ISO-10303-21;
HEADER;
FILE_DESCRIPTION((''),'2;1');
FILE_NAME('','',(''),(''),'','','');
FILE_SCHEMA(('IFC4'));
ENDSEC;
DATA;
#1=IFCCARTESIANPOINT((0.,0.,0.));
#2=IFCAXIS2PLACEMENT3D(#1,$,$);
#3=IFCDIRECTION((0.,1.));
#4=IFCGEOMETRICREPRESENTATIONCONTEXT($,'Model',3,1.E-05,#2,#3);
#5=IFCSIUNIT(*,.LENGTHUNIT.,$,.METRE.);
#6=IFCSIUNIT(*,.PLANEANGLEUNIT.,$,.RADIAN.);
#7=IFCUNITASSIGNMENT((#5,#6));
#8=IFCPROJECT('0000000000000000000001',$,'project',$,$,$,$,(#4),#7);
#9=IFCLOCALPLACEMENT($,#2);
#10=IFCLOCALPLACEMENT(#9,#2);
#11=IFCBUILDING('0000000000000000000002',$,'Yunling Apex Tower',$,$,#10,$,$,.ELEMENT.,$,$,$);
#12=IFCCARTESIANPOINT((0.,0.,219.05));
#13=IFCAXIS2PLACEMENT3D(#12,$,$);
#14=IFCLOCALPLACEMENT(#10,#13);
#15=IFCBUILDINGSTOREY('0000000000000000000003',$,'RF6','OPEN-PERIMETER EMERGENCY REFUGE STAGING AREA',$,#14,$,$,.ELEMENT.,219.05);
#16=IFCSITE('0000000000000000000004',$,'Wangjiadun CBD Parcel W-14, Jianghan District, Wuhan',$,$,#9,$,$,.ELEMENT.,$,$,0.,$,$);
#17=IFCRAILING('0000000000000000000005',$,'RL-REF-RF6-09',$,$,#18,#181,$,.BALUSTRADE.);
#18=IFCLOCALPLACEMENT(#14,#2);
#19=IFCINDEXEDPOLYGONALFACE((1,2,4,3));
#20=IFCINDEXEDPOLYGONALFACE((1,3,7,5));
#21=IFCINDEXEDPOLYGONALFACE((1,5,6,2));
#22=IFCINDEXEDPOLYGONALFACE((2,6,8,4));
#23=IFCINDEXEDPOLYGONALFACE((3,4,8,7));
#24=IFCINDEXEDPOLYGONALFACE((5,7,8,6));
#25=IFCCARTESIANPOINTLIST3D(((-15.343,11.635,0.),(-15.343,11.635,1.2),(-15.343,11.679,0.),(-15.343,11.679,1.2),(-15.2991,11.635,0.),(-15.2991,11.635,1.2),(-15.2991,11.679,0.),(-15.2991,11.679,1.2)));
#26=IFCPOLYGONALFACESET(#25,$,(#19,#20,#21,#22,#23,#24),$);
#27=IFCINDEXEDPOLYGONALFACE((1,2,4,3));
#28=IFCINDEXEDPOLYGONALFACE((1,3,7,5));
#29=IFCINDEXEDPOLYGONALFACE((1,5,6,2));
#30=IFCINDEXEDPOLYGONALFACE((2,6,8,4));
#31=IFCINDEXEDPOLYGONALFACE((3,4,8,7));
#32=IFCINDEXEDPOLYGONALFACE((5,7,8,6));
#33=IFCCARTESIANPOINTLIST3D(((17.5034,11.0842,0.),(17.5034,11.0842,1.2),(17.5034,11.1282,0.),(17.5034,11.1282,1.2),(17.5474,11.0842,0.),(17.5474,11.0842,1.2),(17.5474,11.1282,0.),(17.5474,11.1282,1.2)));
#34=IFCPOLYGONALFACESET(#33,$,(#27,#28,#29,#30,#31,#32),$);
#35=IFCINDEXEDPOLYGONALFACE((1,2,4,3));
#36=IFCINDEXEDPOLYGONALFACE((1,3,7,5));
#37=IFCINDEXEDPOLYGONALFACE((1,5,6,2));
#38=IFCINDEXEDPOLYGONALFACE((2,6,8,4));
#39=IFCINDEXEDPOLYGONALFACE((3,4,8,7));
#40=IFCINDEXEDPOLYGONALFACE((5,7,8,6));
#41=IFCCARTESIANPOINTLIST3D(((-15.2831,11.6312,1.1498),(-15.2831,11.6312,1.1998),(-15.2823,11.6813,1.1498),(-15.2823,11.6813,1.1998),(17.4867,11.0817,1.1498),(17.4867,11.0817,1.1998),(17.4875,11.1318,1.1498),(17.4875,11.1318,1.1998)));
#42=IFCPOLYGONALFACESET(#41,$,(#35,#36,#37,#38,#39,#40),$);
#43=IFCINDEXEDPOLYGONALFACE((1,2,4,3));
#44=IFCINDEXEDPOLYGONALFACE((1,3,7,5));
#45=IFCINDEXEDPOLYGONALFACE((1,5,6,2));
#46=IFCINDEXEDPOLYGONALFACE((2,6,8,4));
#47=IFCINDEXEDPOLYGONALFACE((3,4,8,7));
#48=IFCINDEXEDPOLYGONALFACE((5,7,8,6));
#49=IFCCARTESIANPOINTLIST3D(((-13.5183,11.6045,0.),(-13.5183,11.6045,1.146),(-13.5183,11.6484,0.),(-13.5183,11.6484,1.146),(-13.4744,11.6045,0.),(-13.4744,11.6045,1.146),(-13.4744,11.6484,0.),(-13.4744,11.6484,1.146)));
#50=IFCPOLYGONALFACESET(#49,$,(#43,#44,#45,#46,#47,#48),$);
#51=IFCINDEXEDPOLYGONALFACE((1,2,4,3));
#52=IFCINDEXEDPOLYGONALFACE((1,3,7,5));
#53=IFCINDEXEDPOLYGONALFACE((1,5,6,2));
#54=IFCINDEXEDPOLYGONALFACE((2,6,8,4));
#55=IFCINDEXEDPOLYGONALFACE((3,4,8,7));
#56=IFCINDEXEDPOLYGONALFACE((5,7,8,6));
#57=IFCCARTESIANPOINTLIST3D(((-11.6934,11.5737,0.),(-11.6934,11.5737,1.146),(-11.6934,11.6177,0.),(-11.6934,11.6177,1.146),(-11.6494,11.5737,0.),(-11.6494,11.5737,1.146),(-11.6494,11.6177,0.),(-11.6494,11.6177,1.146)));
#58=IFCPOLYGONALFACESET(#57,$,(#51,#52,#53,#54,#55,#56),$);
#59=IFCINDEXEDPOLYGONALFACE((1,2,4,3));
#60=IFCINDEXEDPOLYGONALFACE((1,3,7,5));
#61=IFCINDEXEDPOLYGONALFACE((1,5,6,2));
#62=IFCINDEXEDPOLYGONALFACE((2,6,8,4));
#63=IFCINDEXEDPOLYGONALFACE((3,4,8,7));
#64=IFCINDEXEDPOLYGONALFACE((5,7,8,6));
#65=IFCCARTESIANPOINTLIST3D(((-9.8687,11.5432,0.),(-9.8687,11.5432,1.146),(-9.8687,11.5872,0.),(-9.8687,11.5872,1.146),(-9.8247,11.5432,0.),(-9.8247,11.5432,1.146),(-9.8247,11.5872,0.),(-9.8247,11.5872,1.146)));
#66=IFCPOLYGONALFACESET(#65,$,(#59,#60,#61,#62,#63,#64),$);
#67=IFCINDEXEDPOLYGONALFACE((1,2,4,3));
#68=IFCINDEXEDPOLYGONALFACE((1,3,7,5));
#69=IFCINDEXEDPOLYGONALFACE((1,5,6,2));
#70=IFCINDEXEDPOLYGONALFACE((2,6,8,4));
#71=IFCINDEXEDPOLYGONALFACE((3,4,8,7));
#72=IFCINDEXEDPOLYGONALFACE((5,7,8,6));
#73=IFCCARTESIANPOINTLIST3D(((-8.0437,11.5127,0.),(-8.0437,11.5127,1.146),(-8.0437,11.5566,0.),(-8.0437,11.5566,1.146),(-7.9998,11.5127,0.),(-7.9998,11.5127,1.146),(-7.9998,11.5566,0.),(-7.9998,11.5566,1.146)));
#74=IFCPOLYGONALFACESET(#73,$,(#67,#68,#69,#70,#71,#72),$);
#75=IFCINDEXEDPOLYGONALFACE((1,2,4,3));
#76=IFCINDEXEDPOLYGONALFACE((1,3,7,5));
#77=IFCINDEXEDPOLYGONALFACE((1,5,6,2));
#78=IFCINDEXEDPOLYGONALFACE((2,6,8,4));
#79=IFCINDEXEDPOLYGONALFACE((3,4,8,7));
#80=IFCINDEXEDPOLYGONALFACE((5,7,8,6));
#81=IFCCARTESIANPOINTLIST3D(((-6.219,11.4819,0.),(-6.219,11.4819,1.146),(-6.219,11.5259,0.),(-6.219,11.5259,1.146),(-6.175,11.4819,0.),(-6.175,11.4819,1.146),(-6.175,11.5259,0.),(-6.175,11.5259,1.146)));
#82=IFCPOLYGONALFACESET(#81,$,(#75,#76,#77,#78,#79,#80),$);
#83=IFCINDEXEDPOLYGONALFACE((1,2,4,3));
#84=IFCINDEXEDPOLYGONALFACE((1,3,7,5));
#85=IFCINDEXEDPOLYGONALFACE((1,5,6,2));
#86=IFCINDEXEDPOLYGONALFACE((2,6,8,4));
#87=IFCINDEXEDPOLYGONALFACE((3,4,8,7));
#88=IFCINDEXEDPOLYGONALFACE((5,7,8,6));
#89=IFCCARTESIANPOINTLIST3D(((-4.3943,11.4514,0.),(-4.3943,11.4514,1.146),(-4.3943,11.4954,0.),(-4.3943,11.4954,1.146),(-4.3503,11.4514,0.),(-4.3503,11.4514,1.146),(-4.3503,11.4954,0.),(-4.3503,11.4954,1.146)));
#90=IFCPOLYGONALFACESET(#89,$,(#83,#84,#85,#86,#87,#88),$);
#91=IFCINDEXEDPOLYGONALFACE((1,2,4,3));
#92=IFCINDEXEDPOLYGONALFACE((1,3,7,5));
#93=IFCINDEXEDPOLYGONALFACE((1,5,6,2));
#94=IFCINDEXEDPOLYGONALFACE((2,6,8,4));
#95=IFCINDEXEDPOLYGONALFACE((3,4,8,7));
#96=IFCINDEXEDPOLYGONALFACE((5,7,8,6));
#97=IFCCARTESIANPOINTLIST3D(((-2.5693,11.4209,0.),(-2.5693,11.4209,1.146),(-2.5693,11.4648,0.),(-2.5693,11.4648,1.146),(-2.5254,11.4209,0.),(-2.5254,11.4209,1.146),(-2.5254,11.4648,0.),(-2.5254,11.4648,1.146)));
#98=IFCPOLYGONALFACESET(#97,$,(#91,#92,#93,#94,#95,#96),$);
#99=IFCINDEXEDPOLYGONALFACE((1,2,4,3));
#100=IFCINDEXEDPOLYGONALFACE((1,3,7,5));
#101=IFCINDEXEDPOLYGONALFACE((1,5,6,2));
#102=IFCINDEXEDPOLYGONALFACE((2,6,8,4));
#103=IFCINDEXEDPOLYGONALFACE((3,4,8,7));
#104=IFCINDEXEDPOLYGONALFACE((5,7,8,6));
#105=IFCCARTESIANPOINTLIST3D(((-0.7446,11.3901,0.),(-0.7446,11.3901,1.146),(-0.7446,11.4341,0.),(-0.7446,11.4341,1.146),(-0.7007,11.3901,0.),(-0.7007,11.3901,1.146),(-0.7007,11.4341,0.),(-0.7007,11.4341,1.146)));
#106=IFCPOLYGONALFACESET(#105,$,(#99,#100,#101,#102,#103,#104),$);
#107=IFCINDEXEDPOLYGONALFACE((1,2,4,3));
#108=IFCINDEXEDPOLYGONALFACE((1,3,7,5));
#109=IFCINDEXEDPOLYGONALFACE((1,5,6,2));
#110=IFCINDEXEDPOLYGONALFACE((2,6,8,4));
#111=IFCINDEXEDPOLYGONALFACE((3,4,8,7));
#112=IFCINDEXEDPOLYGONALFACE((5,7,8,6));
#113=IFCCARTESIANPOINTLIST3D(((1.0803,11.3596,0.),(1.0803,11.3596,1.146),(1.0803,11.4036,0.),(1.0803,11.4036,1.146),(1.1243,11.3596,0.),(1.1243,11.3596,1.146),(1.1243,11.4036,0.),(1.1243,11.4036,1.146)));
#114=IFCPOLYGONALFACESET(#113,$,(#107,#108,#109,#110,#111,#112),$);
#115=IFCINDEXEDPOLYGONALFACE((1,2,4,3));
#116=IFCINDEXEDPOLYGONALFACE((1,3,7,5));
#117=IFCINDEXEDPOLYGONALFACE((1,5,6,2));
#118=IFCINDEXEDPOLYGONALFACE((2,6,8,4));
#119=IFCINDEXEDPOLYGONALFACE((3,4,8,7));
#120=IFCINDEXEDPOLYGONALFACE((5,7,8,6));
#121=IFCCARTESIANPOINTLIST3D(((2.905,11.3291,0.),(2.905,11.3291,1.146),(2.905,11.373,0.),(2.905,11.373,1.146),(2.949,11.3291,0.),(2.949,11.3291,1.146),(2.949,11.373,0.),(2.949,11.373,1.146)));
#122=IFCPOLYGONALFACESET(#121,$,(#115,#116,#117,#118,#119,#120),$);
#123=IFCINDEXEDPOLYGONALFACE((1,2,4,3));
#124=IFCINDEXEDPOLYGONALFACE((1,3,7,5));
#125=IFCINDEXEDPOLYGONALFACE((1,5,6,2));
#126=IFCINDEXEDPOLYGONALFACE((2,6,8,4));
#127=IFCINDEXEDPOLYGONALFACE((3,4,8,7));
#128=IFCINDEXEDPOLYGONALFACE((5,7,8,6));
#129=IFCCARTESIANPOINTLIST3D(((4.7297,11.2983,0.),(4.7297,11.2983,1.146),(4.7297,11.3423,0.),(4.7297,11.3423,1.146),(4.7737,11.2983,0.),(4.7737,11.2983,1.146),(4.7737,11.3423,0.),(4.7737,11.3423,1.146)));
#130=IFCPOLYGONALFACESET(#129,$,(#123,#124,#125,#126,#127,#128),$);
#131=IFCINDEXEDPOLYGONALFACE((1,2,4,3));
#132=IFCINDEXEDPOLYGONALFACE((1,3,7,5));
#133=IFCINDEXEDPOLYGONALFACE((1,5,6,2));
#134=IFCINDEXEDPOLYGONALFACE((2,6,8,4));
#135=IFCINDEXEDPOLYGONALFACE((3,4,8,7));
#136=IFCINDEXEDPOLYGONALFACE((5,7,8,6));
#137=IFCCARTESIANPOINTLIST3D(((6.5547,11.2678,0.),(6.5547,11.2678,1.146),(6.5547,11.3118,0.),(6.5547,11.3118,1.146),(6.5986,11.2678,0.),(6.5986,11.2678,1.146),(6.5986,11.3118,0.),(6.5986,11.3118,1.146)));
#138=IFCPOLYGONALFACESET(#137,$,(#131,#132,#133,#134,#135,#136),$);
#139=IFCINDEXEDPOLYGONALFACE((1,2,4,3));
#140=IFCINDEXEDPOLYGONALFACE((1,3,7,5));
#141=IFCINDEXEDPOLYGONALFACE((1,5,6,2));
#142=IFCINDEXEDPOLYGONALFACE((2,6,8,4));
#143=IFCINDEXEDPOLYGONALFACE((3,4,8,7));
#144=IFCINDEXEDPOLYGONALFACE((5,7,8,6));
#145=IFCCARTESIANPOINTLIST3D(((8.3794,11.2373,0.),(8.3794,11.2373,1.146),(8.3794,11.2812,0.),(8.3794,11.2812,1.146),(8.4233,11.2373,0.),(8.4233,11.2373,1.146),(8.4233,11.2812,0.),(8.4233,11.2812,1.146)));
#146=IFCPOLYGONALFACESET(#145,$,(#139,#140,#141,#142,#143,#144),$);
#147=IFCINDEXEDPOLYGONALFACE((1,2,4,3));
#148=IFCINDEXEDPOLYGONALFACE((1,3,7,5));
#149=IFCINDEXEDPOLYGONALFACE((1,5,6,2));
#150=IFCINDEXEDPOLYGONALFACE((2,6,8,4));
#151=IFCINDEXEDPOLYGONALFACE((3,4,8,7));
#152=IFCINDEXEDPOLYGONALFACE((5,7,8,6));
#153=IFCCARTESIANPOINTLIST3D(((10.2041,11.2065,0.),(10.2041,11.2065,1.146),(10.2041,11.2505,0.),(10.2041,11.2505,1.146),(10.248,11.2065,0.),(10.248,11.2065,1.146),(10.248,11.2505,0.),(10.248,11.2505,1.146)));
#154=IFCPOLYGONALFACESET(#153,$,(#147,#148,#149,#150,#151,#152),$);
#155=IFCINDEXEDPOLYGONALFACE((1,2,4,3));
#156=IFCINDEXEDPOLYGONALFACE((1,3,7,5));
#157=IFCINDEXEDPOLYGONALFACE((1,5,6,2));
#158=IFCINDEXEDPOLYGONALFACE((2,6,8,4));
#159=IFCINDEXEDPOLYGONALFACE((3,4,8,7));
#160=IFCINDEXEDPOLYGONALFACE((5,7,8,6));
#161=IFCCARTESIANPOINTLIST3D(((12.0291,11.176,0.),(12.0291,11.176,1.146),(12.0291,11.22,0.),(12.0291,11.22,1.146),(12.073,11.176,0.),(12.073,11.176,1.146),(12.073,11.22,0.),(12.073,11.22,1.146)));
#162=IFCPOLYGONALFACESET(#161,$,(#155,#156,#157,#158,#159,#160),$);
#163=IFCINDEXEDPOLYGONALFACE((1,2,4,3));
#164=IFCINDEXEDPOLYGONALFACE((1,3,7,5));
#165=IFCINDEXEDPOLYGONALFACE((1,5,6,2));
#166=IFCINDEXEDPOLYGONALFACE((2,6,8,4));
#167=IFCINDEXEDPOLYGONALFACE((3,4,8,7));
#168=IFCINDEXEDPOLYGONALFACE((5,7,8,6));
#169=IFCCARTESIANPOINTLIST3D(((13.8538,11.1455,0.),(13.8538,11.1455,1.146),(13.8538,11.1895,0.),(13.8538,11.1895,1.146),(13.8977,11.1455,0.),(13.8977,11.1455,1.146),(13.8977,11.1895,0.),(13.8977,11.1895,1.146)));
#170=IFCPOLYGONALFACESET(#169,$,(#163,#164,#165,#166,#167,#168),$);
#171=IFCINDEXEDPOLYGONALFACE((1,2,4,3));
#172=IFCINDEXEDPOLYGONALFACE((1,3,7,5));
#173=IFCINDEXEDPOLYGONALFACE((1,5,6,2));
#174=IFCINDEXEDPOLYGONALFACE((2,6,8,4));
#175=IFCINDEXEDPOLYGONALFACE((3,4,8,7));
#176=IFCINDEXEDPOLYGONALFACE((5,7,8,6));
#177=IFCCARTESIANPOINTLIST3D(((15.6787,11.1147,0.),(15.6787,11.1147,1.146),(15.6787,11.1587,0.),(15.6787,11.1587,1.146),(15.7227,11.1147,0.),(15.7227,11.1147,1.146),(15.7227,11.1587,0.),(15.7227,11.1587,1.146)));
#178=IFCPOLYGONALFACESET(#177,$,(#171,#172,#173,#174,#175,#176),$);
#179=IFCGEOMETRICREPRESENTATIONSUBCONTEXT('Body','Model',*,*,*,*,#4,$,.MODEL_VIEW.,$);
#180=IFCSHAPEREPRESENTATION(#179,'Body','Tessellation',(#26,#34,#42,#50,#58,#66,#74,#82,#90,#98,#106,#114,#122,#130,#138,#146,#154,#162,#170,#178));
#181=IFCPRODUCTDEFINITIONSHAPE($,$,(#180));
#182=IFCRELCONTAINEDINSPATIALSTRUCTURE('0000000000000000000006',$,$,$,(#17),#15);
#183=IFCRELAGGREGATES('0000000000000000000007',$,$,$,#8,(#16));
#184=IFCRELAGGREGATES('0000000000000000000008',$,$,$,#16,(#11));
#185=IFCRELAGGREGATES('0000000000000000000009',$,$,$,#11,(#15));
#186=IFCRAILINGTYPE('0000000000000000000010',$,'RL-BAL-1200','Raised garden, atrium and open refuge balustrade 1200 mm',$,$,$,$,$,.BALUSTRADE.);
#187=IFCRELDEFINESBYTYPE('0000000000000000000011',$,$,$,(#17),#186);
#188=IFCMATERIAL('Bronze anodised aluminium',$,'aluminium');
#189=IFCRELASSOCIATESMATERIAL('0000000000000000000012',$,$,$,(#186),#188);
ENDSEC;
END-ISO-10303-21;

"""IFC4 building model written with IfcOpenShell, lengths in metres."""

from ifc_helpers import new_model, si_unit, direction, frame, origin, origin_2d, place, context, subcontext, project, spatial, rectangle, extrude, material, type_object, element, save


model = new_model("IFC4")

# Units and contexts
model_context = context("Model", 3, precision=1e-05, world=origin(), true_north=direction((0.0, 1.0)))
body_context = subcontext(model_context, "Body", "Model", "MODEL_VIEW")
ifc_project = project(units=[si_unit("LENGTHUNIT", "METRE"), si_unit("PLANEANGLEUNIT", "RADIAN")], contexts=[model_context])

# Site, building, storey
site_placement = place(None, origin())
site = spatial("IfcSite", under=ifc_project, at=site_placement, Name="Wangjiadun CBD Parcel W-14, Jianghan District, Wuhan", CompositionType="ELEMENT", RefElevation=0.0)
building_placement = place(site_placement, origin())
building = spatial("IfcBuilding", under=site, at=building_placement, Name="Yunling Apex Tower", CompositionType="ELEMENT")
storey_placement = place(building_placement, frame((0.0, 0.0, 219.05)))
storey = spatial("IfcBuildingStorey", under=building, at=storey_placement, Name="RF6", Description="OPEN-PERIMETER EMERGENCY REFUGE STAGING AREA", CompositionType="ELEMENT", Elevation=219.05)

# Railing
ifc_material_1 = material(Name="Bronze anodised aluminium", Category="aluminium")
railing_type = type_object("IfcRailingType", Name="RL-BAL-1200", Description="Raised garden, atrium and open refuge balustrade 1200 mm", PredefinedType="BALUSTRADE", material=ifc_material_1)
railing_1_placement = place(storey_placement, frame((-15.321, 11.657, 0.0)))
element("IfcRailing", 1, at=railing_1_placement, inside=storey, type_object=railing_type, Name="RL-REF-RF6-09", PredefinedType="BALUSTRADE", context=body_context, shape_type="SweptSolid", body=[
    extrude(rectangle(XDim=0.0439, YDim=0.0439, at=origin_2d()), origin(), (0.0, 0.0, 1.0), 1.2),
    extrude(rectangle(XDim=0.0439, YDim=0.0439, at=origin_2d()), frame((32.8464, -0.5508, 0.0)), (0.0, 0.0, 1.0), 1.2),
    extrude(rectangle(XDim=0.05, YDim=0.05, at=origin_2d()), frame((0.0383, -0.0007, 1.1748), z_axis=(0.999859, -0.016766, 0.0), x_axis=(0.016766, 0.999859, 0.0)), (0.0, 0.0, 1.0), 32.7744),
    extrude(rectangle(XDim=0.0439, YDim=0.0439, at=origin_2d()), frame((1.8247, -0.0305, 0.0)), (0.0, 0.0, 1.0), 1.146),
    extrude(rectangle(XDim=0.0439, YDim=0.0439, at=origin_2d()), frame((3.6497, -0.0613, 0.0)), (0.0, 0.0, 1.0), 1.146),
    extrude(rectangle(XDim=0.0439, YDim=0.0439, at=origin_2d()), frame((5.4744, -0.0918, 0.0)), (0.0, 0.0, 1.0), 1.146),
    extrude(rectangle(XDim=0.0439, YDim=0.0439, at=origin_2d()), frame((7.2993, -0.1223, 0.0)), (0.0, 0.0, 1.0), 1.146),
    extrude(rectangle(XDim=0.0439, YDim=0.0439, at=origin_2d()), frame((9.124, -0.1531, 0.0)), (0.0, 0.0, 1.0), 1.146),
    extrude(rectangle(XDim=0.0439, YDim=0.0439, at=origin_2d()), frame((10.9487, -0.1836, 0.0)), (0.0, 0.0, 1.0), 1.146),
    extrude(rectangle(XDim=0.0439, YDim=0.0439, at=origin_2d()), frame((12.7737, -0.2141, 0.0)), (0.0, 0.0, 1.0), 1.146),
    extrude(rectangle(XDim=0.0439, YDim=0.0439, at=origin_2d()), frame((14.5984, -0.2449, 0.0)), (0.0, 0.0, 1.0), 1.146),
    extrude(rectangle(XDim=0.0439, YDim=0.0439, at=origin_2d()), frame((16.4233, -0.2754, 0.0)), (0.0, 0.0, 1.0), 1.146),
    extrude(rectangle(XDim=0.0439, YDim=0.0439, at=origin_2d()), frame((18.248, -0.3059, 0.0)), (0.0, 0.0, 1.0), 1.146),
    extrude(rectangle(XDim=0.0439, YDim=0.0439, at=origin_2d()), frame((20.0728, -0.3367, 0.0)), (0.0, 0.0, 1.0), 1.146),
    extrude(rectangle(XDim=0.0439, YDim=0.0439, at=origin_2d()), frame((21.8977, -0.3672, 0.0)), (0.0, 0.0, 1.0), 1.146),
    extrude(rectangle(XDim=0.0439, YDim=0.0439, at=origin_2d()), frame((23.7224, -0.3977, 0.0)), (0.0, 0.0, 1.0), 1.146),
    extrude(rectangle(XDim=0.0439, YDim=0.0439, at=origin_2d()), frame((25.5471, -0.4285, 0.0)), (0.0, 0.0, 1.0), 1.146),
    extrude(rectangle(XDim=0.0439, YDim=0.0439, at=origin_2d()), frame((27.3721, -0.459, 0.0)), (0.0, 0.0, 1.0), 1.146),
    extrude(rectangle(XDim=0.0439, YDim=0.0439, at=origin_2d()), frame((29.1968, -0.4895, 0.0)), (0.0, 0.0, 1.0), 1.146),
    extrude(rectangle(XDim=0.0439, YDim=0.0439, at=origin_2d()), frame((31.0217, -0.5203, 0.0)), (0.0, 0.0, 1.0), 1.146),
])

save(model, "model.ifc")
